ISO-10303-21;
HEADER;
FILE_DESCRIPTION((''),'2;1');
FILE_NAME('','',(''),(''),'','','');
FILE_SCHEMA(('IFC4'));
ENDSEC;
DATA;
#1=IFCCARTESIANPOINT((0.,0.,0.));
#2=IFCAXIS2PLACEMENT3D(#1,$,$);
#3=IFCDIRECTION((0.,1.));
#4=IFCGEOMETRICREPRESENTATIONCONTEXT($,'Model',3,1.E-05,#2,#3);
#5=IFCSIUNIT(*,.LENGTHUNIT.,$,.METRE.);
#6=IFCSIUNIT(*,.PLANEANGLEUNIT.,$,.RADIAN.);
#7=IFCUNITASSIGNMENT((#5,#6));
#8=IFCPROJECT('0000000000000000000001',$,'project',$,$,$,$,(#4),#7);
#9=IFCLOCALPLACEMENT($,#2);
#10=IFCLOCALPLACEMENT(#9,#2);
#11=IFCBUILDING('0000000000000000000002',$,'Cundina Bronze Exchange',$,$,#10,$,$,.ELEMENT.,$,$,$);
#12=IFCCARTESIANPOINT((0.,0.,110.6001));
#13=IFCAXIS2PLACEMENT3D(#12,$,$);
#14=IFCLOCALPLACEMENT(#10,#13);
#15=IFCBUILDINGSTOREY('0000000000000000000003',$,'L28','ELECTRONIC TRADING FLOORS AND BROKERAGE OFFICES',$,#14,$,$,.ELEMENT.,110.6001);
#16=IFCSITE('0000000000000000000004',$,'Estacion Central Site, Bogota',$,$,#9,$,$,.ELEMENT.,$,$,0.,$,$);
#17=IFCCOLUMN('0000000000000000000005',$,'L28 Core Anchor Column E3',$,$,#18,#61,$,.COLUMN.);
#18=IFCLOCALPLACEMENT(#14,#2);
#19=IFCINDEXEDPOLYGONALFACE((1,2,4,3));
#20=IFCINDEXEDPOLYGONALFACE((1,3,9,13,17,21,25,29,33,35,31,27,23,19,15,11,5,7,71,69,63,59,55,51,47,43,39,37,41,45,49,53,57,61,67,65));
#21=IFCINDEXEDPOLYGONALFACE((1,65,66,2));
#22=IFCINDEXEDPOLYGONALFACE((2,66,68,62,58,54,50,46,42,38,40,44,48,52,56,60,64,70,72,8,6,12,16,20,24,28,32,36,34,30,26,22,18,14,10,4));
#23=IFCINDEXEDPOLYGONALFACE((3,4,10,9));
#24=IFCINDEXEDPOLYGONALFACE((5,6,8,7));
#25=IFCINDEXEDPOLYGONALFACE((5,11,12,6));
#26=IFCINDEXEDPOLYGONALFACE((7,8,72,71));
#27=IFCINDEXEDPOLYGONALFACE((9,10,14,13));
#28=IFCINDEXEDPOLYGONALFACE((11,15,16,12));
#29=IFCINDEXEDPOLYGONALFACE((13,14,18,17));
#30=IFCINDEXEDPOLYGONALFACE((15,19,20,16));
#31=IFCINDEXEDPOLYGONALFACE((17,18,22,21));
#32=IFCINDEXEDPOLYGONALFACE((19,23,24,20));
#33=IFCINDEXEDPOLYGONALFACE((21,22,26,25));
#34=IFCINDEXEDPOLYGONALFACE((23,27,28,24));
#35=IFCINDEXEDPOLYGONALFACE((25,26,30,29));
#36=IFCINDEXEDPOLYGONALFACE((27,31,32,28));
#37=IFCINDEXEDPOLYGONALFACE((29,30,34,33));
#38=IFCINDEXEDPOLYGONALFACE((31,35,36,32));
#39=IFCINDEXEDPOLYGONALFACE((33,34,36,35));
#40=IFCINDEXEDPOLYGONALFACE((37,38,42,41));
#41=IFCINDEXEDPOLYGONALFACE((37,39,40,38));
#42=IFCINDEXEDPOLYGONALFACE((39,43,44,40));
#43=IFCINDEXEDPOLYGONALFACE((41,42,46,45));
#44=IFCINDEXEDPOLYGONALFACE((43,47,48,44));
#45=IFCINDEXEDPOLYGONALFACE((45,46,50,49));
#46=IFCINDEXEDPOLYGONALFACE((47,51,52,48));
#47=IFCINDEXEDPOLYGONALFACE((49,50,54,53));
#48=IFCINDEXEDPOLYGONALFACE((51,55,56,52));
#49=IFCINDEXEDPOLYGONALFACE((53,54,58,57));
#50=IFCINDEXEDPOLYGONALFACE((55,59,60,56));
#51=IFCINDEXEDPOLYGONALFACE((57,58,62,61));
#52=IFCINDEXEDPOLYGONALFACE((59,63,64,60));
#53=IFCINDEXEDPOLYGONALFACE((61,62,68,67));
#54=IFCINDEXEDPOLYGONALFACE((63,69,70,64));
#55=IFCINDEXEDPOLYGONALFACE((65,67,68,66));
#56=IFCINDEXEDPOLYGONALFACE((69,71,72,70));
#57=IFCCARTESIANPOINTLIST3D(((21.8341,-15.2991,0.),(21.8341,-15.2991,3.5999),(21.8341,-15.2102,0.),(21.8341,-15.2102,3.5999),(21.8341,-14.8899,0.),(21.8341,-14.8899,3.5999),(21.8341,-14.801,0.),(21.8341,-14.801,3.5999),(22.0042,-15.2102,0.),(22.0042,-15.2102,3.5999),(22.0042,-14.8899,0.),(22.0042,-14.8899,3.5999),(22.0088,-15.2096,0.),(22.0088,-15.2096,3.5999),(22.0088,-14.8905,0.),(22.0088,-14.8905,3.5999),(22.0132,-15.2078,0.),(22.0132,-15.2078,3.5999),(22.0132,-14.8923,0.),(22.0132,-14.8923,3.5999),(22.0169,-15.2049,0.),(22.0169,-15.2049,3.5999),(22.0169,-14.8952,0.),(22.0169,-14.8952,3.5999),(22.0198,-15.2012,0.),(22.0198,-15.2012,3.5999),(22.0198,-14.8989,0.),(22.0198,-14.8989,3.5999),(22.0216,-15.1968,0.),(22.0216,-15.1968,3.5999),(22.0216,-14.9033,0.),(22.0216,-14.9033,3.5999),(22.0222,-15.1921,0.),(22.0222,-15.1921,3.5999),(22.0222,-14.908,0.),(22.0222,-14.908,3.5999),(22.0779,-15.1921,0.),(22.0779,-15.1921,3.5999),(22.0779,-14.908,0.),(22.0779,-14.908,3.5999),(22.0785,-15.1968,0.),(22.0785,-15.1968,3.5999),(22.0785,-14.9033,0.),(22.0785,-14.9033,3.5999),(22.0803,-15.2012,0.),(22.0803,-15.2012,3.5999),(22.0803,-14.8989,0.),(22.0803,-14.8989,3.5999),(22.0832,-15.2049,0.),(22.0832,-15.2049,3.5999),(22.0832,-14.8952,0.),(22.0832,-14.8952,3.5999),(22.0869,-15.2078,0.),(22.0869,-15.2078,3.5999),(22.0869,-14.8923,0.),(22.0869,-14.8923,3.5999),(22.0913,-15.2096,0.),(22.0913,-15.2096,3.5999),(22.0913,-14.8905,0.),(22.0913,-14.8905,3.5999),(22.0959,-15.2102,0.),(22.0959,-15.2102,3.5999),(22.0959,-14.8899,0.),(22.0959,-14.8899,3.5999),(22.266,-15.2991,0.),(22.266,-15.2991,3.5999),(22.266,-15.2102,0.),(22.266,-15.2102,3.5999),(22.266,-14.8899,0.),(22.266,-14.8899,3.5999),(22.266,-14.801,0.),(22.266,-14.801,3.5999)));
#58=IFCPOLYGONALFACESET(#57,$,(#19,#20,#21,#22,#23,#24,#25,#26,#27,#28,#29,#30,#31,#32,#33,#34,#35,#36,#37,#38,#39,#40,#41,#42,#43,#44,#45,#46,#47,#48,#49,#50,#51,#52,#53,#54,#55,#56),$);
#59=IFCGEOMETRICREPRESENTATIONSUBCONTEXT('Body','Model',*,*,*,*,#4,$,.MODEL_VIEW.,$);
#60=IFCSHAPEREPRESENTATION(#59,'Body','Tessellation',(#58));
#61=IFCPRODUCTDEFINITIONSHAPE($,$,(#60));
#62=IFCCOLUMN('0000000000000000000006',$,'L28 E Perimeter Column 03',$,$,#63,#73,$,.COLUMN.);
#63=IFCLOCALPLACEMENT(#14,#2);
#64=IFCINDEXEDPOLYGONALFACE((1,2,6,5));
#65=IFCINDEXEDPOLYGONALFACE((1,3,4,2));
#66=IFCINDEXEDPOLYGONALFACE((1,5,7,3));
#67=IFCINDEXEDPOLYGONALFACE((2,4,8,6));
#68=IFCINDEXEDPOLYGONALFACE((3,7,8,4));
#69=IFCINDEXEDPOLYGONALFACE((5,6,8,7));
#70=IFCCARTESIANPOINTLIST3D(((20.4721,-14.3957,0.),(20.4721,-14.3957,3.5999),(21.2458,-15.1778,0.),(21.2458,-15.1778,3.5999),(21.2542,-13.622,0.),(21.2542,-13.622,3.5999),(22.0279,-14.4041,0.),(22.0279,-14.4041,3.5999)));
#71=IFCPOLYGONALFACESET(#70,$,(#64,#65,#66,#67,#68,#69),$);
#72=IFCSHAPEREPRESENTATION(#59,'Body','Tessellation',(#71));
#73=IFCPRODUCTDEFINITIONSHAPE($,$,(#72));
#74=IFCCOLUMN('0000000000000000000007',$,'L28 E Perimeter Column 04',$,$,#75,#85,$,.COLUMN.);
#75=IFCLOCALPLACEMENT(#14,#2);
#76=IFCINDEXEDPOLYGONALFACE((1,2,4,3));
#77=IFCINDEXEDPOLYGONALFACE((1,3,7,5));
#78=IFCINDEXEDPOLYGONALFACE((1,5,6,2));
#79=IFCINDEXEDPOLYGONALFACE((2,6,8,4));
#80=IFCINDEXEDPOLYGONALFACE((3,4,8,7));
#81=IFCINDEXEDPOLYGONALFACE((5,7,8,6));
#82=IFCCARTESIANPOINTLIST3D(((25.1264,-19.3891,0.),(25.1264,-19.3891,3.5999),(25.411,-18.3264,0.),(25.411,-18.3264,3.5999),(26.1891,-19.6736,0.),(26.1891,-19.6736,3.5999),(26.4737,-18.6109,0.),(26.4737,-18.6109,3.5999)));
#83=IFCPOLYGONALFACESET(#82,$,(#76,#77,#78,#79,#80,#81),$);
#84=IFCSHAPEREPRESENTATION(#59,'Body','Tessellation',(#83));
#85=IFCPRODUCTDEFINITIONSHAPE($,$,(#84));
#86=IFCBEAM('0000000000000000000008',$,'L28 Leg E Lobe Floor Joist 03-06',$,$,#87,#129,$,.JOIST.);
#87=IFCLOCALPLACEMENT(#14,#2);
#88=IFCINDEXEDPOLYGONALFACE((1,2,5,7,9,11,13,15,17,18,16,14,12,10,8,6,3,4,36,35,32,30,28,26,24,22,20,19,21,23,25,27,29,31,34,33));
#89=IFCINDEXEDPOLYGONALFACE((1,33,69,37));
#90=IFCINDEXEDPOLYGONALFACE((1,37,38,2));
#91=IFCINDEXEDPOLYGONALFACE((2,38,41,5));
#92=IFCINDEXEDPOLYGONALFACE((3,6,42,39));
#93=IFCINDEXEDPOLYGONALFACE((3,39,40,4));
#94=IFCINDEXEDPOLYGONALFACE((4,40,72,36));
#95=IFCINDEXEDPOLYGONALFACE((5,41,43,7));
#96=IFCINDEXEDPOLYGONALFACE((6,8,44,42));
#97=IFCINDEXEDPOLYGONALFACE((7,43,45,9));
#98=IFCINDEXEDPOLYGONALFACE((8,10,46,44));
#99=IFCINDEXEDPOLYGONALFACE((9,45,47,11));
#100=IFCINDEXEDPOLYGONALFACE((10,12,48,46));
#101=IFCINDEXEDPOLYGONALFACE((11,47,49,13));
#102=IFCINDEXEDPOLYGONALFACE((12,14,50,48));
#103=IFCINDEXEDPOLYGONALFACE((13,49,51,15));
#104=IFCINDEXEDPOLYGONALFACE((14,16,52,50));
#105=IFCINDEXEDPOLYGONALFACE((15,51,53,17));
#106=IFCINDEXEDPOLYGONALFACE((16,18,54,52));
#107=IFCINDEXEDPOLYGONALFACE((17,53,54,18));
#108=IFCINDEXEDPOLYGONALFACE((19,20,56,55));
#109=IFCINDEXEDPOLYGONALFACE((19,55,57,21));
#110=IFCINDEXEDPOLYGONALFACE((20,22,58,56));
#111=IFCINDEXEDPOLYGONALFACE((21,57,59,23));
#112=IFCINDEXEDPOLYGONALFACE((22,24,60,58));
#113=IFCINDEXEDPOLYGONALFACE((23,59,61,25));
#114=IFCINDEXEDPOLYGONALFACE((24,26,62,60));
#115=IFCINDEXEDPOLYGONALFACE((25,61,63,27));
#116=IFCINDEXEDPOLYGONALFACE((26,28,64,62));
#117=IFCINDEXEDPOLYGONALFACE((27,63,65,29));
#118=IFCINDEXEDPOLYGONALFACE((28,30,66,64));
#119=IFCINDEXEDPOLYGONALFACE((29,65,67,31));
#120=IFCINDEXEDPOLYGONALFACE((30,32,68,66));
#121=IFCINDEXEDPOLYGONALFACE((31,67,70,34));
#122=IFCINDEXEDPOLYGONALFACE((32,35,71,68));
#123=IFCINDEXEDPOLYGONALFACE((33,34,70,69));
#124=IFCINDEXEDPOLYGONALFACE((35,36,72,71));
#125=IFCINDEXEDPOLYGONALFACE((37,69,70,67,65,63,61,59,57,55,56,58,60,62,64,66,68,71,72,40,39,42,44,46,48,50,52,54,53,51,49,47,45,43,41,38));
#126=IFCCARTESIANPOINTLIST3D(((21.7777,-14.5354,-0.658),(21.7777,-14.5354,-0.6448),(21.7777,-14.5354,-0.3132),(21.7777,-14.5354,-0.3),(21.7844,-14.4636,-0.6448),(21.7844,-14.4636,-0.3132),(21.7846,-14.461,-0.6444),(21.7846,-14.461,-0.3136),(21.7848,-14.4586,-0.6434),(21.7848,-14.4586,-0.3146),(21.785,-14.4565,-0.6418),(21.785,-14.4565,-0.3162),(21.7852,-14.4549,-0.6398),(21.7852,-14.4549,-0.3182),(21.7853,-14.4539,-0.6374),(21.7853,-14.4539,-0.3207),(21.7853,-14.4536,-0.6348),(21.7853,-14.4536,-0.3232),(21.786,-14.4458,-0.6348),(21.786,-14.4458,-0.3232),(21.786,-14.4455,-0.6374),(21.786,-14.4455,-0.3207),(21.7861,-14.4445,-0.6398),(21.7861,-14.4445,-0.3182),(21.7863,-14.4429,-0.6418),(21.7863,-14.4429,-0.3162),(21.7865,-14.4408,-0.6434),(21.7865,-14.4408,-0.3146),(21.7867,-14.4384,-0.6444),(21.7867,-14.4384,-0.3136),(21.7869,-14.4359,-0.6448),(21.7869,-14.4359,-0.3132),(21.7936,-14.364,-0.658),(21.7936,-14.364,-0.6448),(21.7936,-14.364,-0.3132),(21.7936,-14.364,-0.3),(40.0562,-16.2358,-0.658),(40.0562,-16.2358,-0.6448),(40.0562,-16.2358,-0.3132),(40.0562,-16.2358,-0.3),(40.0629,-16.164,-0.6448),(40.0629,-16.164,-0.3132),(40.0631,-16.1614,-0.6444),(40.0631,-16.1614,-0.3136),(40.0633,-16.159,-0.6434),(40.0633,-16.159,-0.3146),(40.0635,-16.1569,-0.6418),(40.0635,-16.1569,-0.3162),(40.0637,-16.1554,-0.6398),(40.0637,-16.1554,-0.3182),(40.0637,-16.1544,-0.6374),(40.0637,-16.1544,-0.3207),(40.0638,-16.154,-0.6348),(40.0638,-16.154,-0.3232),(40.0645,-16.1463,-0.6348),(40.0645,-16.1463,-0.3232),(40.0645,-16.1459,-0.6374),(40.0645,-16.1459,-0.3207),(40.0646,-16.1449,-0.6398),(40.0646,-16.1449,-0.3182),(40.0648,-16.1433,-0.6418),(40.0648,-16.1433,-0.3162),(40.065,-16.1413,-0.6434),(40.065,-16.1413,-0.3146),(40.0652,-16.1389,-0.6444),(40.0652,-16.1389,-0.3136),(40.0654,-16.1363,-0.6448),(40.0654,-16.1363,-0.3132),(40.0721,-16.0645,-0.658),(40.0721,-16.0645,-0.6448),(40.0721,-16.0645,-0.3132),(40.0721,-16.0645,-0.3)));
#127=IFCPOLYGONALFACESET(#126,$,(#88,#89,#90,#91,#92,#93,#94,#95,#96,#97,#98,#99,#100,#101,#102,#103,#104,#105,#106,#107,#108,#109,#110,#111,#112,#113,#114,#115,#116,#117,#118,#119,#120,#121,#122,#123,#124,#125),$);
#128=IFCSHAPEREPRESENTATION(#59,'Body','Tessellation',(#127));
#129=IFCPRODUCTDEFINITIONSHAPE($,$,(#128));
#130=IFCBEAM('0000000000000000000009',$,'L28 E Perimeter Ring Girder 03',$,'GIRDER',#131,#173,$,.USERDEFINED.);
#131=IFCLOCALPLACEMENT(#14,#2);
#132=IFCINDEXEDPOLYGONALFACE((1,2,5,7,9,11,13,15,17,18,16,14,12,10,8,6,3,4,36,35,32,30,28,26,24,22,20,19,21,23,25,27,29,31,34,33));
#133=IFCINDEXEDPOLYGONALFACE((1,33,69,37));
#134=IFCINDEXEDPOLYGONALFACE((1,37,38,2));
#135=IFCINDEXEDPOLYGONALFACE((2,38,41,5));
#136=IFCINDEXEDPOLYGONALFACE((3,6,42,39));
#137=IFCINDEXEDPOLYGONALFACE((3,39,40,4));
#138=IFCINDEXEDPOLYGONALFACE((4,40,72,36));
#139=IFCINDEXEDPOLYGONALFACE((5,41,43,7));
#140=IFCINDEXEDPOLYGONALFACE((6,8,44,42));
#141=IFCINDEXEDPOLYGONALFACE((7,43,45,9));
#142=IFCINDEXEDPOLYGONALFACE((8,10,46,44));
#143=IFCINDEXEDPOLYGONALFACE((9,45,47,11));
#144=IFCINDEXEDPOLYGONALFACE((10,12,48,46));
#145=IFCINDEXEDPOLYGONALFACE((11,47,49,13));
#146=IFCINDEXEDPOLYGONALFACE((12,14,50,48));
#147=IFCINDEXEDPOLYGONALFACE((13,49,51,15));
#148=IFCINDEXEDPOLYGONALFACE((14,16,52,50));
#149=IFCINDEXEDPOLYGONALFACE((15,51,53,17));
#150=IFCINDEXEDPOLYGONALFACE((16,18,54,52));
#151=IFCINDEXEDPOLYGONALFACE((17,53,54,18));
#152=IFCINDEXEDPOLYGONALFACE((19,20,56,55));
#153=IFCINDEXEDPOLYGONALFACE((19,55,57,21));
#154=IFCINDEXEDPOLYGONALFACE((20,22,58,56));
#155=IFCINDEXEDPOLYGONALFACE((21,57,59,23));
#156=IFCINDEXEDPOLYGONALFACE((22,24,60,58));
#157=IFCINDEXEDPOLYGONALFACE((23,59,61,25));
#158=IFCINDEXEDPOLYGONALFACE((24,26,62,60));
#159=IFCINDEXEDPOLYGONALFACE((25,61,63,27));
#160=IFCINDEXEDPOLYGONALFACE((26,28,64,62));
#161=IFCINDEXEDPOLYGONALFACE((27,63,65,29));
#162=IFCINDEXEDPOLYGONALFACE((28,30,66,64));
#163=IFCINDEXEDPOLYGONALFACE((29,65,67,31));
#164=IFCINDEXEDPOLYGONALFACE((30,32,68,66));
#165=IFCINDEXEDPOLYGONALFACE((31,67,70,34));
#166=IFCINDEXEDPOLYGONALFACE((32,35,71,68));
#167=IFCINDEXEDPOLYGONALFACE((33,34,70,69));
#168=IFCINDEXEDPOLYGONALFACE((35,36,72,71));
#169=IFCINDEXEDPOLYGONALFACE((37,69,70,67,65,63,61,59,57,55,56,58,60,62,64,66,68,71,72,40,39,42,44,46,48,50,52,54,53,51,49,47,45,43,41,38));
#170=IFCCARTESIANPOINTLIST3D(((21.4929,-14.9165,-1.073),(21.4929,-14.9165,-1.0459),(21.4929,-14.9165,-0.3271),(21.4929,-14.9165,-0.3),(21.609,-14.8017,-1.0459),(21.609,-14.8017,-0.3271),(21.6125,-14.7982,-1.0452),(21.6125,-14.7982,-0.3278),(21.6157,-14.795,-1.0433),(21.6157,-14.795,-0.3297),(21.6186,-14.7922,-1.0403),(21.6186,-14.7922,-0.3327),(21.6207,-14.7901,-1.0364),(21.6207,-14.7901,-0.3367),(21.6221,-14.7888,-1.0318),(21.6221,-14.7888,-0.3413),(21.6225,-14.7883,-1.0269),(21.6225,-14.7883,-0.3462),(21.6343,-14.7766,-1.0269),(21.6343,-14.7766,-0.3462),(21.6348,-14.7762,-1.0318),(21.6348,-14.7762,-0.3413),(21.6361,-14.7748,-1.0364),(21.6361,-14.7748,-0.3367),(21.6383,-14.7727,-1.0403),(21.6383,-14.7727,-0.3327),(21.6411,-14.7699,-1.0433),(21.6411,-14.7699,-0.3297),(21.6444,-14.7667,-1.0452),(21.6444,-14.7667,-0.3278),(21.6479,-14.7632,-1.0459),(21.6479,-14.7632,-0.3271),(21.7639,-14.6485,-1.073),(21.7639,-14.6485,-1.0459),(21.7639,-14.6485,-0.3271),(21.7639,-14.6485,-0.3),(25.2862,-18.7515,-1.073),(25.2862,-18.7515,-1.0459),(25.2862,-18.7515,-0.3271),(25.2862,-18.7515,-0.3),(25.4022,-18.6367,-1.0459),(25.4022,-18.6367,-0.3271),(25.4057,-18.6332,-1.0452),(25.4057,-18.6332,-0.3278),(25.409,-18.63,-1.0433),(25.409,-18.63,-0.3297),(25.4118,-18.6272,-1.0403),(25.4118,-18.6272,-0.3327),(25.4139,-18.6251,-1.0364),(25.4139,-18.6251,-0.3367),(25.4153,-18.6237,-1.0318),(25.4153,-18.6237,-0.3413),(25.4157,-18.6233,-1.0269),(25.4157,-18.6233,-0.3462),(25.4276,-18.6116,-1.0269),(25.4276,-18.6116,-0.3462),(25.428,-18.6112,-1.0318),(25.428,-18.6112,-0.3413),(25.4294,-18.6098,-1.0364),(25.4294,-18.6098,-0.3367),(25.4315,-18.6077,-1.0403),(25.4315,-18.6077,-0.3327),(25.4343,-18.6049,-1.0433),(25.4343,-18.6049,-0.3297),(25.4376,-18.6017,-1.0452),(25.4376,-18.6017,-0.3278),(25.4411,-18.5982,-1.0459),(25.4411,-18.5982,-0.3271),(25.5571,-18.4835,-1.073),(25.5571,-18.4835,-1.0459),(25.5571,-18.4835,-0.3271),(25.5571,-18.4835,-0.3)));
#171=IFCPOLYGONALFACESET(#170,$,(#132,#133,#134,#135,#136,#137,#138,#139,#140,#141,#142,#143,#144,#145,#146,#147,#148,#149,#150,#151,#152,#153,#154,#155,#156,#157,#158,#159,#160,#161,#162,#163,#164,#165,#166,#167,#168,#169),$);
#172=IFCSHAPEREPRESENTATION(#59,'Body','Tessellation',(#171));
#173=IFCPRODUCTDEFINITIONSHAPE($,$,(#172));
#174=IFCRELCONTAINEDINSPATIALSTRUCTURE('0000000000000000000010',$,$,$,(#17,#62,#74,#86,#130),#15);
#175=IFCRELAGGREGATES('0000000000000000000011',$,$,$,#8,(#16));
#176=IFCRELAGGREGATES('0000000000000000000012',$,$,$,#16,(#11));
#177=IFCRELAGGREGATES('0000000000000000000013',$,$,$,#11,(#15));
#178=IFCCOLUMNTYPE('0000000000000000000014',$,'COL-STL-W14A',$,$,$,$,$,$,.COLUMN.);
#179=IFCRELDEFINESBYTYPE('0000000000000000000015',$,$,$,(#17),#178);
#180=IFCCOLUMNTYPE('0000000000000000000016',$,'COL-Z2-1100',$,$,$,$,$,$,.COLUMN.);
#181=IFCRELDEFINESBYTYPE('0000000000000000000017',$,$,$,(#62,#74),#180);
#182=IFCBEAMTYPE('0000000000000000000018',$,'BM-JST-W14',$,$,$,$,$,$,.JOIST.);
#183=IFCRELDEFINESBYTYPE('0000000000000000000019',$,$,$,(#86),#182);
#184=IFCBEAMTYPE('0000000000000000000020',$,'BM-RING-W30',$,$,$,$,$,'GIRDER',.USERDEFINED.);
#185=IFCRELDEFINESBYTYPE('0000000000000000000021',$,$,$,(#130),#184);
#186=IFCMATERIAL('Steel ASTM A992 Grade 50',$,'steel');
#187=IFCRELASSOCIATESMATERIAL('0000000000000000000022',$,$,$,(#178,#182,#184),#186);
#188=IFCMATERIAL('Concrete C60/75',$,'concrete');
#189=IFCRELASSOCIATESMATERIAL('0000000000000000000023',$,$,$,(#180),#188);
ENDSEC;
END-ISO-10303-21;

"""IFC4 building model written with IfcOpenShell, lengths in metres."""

from ifc_helpers import new_model, si_unit, direction, frame, origin, origin_2d, place, context, subcontext, project, spatial, rectangle, i_section, extrude, material, material_profile, profile_set, type_object, element, save


model = new_model("IFC4")

# Units and contexts
model_context = context("Model", 3, precision=1e-05, world=origin(), true_north=direction((0.0, 1.0)))
body_context = subcontext(model_context, "Body", "Model", "MODEL_VIEW")
ifc_project = project(units=[si_unit("LENGTHUNIT", "METRE"), si_unit("PLANEANGLEUNIT", "RADIAN")], contexts=[model_context])

# Site, building, storey
site_placement = place(None, origin())
site = spatial("IfcSite", under=ifc_project, at=site_placement, Name="Estacion Central Site, Bogota", CompositionType="ELEMENT", RefElevation=0.0)
building_placement = place(site_placement, origin())
building = spatial("IfcBuilding", under=site, at=building_placement, Name="Cundina Bronze Exchange", CompositionType="ELEMENT")
storey_placement = place(building_placement, frame((0.0, 0.0, 110.6001)))
storey = spatial("IfcBuildingStorey", under=building, at=storey_placement, Name="L28", Description="ELECTRONIC TRADING FLOORS AND BROKERAGE OFFICES", CompositionType="ELEMENT", Elevation=110.6001)

# Columns
ifc_material_1 = material(Name="Steel ASTM A992 Grade 50", Category="steel")
ifc_material_profile_1 = material_profile(ifc_material_1, i_section(OverallWidth=0.4319, OverallDepth=0.498, WebThickness=0.0557, FlangeThickness=0.0889, FilletRadius=0.0181, at=origin_2d()), Name="W14X500", Category="steel")
ifc_profile_set_1 = profile_set([ifc_material_profile_1], Name="Steel ASTM A992 Grade 50")
column_type_1 = type_object("IfcColumnType", Name="COL-STL-W14A", PredefinedType="COLUMN", material=ifc_profile_set_1)
column_placement = place(storey_placement, frame((22.05, -15.05, 0.0), z_axis=(0.0, 0.0, 1.0), x_axis=(1.0, 0.0, 0.0)))
element("IfcColumn", 1, at=column_placement, inside=storey, type_object=column_type_1, Name="L28 Core Anchor Column E3", PredefinedType="COLUMN", context=body_context, shape_type="SweptSolid", body=[
    extrude(i_section(OverallWidth=0.4319, OverallDepth=0.498, WebThickness=0.0557, FlangeThickness=0.0889, FilletRadius=0.0181, at=origin_2d()), origin(), (0.0, 0.0, 1.0), 3.5999),
])
ifc_material_2 = material(Name="Concrete C60/75", Category="concrete")
ifc_material_profile_2 = material_profile(ifc_material_2, rectangle(XDim=1.1001, YDim=1.1001, at=origin_2d()), Name="RC1100X1100", Category="concrete")
ifc_profile_set_2 = profile_set([ifc_material_profile_2], Name="Concrete C60/75")
column_type_2 = type_object("IfcColumnType", Name="COL-Z2-1100", PredefinedType="COLUMN", material=ifc_profile_set_2)
for number, where, z_axis, x_axis, name in (
    (2, (21.25, -14.3999, 0.0), (0.0, 0.0, 1.0), (0.703271, -0.710922, 0.0), "L28 E Perimeter Column 03"),
    (3, (25.8, -19.0, 0.0), (0.0, 0.0, 1.0), (0.965971, -0.25865, 0.0), "L28 E Perimeter Column 04"),
):
    element("IfcColumn", number, at=place(storey_placement, frame(where, z_axis=z_axis, x_axis=x_axis)), inside=storey, type_object=column_type_2, Name=name, PredefinedType="COLUMN", context=body_context, shape_type="SweptSolid", body=[
        extrude(rectangle(XDim=1.1001, YDim=1.1001, at=origin_2d()), origin(), (0.0, 0.0, 1.0), 3.5999),
    ])

# Beams
ifc_material_profile_3 = material_profile(ifc_material_1, i_section(OverallWidth=0.1721, OverallDepth=0.3579, WebThickness=0.0078, FlangeThickness=0.0132, FilletRadius=0.01, at=origin_2d()), Name="W14X38", Category="steel")
ifc_profile_set_3 = profile_set([ifc_material_profile_3], Name="Steel ASTM A992 Grade 50")
beam_type_1 = type_object("IfcBeamType", Name="BM-JST-W14", PredefinedType="JOIST", material=ifc_profile_set_3)
beam_1_placement = place(storey_placement, frame((21.7856, -14.4497, -0.479), z_axis=(0.995701, -0.092629, 0.0), x_axis=(0.092629, 0.995701, 0.0)))
element("IfcBeam", 4, at=beam_1_placement, inside=storey, type_object=beam_type_1, Name="L28 Leg E Lobe Floor Joist 03-06", PredefinedType="JOIST", context=body_context, shape_type="SweptSolid", body=[
    extrude(i_section(OverallWidth=0.1721, OverallDepth=0.3579, WebThickness=0.0078, FlangeThickness=0.0132, FilletRadius=0.01, at=origin_2d()), origin(), (0.0, 0.0, 1.0), 18.3574),
])
ifc_material_profile_4 = material_profile(ifc_material_1, i_section(OverallWidth=0.3811, OverallDepth=0.7729, WebThickness=0.0166, FlangeThickness=0.0271, FilletRadius=0.019, at=origin_2d()), Name="W30X173", Category="steel")
ifc_profile_set_4 = profile_set([ifc_material_profile_4], Name="Steel ASTM A992 Grade 50")
beam_type_2 = type_object("IfcBeamType", Name="BM-RING-W30", ElementType="GIRDER", PredefinedType="USERDEFINED", material=ifc_profile_set_4)
beam_2_placement = place(storey_placement, frame((21.6284, -14.7825, -0.6865), z_axis=(0.703226, -0.710966, 0.0), x_axis=(0.710966, 0.703226, 0.0)))
element("IfcBeam", 5, at=beam_2_placement, inside=storey, type_object=beam_type_2, Name="L28 E Perimeter Ring Girder 03", ObjectType="GIRDER", PredefinedType="USERDEFINED", context=body_context, shape_type="SweptSolid", body=[
    extrude(i_section(OverallWidth=0.3811, OverallDepth=0.7729, WebThickness=0.0166, FlangeThickness=0.0271, FilletRadius=0.019, at=origin_2d()), origin(), (0.0, 0.0, 1.0), 5.394),
])

save(model, "model.ifc")
